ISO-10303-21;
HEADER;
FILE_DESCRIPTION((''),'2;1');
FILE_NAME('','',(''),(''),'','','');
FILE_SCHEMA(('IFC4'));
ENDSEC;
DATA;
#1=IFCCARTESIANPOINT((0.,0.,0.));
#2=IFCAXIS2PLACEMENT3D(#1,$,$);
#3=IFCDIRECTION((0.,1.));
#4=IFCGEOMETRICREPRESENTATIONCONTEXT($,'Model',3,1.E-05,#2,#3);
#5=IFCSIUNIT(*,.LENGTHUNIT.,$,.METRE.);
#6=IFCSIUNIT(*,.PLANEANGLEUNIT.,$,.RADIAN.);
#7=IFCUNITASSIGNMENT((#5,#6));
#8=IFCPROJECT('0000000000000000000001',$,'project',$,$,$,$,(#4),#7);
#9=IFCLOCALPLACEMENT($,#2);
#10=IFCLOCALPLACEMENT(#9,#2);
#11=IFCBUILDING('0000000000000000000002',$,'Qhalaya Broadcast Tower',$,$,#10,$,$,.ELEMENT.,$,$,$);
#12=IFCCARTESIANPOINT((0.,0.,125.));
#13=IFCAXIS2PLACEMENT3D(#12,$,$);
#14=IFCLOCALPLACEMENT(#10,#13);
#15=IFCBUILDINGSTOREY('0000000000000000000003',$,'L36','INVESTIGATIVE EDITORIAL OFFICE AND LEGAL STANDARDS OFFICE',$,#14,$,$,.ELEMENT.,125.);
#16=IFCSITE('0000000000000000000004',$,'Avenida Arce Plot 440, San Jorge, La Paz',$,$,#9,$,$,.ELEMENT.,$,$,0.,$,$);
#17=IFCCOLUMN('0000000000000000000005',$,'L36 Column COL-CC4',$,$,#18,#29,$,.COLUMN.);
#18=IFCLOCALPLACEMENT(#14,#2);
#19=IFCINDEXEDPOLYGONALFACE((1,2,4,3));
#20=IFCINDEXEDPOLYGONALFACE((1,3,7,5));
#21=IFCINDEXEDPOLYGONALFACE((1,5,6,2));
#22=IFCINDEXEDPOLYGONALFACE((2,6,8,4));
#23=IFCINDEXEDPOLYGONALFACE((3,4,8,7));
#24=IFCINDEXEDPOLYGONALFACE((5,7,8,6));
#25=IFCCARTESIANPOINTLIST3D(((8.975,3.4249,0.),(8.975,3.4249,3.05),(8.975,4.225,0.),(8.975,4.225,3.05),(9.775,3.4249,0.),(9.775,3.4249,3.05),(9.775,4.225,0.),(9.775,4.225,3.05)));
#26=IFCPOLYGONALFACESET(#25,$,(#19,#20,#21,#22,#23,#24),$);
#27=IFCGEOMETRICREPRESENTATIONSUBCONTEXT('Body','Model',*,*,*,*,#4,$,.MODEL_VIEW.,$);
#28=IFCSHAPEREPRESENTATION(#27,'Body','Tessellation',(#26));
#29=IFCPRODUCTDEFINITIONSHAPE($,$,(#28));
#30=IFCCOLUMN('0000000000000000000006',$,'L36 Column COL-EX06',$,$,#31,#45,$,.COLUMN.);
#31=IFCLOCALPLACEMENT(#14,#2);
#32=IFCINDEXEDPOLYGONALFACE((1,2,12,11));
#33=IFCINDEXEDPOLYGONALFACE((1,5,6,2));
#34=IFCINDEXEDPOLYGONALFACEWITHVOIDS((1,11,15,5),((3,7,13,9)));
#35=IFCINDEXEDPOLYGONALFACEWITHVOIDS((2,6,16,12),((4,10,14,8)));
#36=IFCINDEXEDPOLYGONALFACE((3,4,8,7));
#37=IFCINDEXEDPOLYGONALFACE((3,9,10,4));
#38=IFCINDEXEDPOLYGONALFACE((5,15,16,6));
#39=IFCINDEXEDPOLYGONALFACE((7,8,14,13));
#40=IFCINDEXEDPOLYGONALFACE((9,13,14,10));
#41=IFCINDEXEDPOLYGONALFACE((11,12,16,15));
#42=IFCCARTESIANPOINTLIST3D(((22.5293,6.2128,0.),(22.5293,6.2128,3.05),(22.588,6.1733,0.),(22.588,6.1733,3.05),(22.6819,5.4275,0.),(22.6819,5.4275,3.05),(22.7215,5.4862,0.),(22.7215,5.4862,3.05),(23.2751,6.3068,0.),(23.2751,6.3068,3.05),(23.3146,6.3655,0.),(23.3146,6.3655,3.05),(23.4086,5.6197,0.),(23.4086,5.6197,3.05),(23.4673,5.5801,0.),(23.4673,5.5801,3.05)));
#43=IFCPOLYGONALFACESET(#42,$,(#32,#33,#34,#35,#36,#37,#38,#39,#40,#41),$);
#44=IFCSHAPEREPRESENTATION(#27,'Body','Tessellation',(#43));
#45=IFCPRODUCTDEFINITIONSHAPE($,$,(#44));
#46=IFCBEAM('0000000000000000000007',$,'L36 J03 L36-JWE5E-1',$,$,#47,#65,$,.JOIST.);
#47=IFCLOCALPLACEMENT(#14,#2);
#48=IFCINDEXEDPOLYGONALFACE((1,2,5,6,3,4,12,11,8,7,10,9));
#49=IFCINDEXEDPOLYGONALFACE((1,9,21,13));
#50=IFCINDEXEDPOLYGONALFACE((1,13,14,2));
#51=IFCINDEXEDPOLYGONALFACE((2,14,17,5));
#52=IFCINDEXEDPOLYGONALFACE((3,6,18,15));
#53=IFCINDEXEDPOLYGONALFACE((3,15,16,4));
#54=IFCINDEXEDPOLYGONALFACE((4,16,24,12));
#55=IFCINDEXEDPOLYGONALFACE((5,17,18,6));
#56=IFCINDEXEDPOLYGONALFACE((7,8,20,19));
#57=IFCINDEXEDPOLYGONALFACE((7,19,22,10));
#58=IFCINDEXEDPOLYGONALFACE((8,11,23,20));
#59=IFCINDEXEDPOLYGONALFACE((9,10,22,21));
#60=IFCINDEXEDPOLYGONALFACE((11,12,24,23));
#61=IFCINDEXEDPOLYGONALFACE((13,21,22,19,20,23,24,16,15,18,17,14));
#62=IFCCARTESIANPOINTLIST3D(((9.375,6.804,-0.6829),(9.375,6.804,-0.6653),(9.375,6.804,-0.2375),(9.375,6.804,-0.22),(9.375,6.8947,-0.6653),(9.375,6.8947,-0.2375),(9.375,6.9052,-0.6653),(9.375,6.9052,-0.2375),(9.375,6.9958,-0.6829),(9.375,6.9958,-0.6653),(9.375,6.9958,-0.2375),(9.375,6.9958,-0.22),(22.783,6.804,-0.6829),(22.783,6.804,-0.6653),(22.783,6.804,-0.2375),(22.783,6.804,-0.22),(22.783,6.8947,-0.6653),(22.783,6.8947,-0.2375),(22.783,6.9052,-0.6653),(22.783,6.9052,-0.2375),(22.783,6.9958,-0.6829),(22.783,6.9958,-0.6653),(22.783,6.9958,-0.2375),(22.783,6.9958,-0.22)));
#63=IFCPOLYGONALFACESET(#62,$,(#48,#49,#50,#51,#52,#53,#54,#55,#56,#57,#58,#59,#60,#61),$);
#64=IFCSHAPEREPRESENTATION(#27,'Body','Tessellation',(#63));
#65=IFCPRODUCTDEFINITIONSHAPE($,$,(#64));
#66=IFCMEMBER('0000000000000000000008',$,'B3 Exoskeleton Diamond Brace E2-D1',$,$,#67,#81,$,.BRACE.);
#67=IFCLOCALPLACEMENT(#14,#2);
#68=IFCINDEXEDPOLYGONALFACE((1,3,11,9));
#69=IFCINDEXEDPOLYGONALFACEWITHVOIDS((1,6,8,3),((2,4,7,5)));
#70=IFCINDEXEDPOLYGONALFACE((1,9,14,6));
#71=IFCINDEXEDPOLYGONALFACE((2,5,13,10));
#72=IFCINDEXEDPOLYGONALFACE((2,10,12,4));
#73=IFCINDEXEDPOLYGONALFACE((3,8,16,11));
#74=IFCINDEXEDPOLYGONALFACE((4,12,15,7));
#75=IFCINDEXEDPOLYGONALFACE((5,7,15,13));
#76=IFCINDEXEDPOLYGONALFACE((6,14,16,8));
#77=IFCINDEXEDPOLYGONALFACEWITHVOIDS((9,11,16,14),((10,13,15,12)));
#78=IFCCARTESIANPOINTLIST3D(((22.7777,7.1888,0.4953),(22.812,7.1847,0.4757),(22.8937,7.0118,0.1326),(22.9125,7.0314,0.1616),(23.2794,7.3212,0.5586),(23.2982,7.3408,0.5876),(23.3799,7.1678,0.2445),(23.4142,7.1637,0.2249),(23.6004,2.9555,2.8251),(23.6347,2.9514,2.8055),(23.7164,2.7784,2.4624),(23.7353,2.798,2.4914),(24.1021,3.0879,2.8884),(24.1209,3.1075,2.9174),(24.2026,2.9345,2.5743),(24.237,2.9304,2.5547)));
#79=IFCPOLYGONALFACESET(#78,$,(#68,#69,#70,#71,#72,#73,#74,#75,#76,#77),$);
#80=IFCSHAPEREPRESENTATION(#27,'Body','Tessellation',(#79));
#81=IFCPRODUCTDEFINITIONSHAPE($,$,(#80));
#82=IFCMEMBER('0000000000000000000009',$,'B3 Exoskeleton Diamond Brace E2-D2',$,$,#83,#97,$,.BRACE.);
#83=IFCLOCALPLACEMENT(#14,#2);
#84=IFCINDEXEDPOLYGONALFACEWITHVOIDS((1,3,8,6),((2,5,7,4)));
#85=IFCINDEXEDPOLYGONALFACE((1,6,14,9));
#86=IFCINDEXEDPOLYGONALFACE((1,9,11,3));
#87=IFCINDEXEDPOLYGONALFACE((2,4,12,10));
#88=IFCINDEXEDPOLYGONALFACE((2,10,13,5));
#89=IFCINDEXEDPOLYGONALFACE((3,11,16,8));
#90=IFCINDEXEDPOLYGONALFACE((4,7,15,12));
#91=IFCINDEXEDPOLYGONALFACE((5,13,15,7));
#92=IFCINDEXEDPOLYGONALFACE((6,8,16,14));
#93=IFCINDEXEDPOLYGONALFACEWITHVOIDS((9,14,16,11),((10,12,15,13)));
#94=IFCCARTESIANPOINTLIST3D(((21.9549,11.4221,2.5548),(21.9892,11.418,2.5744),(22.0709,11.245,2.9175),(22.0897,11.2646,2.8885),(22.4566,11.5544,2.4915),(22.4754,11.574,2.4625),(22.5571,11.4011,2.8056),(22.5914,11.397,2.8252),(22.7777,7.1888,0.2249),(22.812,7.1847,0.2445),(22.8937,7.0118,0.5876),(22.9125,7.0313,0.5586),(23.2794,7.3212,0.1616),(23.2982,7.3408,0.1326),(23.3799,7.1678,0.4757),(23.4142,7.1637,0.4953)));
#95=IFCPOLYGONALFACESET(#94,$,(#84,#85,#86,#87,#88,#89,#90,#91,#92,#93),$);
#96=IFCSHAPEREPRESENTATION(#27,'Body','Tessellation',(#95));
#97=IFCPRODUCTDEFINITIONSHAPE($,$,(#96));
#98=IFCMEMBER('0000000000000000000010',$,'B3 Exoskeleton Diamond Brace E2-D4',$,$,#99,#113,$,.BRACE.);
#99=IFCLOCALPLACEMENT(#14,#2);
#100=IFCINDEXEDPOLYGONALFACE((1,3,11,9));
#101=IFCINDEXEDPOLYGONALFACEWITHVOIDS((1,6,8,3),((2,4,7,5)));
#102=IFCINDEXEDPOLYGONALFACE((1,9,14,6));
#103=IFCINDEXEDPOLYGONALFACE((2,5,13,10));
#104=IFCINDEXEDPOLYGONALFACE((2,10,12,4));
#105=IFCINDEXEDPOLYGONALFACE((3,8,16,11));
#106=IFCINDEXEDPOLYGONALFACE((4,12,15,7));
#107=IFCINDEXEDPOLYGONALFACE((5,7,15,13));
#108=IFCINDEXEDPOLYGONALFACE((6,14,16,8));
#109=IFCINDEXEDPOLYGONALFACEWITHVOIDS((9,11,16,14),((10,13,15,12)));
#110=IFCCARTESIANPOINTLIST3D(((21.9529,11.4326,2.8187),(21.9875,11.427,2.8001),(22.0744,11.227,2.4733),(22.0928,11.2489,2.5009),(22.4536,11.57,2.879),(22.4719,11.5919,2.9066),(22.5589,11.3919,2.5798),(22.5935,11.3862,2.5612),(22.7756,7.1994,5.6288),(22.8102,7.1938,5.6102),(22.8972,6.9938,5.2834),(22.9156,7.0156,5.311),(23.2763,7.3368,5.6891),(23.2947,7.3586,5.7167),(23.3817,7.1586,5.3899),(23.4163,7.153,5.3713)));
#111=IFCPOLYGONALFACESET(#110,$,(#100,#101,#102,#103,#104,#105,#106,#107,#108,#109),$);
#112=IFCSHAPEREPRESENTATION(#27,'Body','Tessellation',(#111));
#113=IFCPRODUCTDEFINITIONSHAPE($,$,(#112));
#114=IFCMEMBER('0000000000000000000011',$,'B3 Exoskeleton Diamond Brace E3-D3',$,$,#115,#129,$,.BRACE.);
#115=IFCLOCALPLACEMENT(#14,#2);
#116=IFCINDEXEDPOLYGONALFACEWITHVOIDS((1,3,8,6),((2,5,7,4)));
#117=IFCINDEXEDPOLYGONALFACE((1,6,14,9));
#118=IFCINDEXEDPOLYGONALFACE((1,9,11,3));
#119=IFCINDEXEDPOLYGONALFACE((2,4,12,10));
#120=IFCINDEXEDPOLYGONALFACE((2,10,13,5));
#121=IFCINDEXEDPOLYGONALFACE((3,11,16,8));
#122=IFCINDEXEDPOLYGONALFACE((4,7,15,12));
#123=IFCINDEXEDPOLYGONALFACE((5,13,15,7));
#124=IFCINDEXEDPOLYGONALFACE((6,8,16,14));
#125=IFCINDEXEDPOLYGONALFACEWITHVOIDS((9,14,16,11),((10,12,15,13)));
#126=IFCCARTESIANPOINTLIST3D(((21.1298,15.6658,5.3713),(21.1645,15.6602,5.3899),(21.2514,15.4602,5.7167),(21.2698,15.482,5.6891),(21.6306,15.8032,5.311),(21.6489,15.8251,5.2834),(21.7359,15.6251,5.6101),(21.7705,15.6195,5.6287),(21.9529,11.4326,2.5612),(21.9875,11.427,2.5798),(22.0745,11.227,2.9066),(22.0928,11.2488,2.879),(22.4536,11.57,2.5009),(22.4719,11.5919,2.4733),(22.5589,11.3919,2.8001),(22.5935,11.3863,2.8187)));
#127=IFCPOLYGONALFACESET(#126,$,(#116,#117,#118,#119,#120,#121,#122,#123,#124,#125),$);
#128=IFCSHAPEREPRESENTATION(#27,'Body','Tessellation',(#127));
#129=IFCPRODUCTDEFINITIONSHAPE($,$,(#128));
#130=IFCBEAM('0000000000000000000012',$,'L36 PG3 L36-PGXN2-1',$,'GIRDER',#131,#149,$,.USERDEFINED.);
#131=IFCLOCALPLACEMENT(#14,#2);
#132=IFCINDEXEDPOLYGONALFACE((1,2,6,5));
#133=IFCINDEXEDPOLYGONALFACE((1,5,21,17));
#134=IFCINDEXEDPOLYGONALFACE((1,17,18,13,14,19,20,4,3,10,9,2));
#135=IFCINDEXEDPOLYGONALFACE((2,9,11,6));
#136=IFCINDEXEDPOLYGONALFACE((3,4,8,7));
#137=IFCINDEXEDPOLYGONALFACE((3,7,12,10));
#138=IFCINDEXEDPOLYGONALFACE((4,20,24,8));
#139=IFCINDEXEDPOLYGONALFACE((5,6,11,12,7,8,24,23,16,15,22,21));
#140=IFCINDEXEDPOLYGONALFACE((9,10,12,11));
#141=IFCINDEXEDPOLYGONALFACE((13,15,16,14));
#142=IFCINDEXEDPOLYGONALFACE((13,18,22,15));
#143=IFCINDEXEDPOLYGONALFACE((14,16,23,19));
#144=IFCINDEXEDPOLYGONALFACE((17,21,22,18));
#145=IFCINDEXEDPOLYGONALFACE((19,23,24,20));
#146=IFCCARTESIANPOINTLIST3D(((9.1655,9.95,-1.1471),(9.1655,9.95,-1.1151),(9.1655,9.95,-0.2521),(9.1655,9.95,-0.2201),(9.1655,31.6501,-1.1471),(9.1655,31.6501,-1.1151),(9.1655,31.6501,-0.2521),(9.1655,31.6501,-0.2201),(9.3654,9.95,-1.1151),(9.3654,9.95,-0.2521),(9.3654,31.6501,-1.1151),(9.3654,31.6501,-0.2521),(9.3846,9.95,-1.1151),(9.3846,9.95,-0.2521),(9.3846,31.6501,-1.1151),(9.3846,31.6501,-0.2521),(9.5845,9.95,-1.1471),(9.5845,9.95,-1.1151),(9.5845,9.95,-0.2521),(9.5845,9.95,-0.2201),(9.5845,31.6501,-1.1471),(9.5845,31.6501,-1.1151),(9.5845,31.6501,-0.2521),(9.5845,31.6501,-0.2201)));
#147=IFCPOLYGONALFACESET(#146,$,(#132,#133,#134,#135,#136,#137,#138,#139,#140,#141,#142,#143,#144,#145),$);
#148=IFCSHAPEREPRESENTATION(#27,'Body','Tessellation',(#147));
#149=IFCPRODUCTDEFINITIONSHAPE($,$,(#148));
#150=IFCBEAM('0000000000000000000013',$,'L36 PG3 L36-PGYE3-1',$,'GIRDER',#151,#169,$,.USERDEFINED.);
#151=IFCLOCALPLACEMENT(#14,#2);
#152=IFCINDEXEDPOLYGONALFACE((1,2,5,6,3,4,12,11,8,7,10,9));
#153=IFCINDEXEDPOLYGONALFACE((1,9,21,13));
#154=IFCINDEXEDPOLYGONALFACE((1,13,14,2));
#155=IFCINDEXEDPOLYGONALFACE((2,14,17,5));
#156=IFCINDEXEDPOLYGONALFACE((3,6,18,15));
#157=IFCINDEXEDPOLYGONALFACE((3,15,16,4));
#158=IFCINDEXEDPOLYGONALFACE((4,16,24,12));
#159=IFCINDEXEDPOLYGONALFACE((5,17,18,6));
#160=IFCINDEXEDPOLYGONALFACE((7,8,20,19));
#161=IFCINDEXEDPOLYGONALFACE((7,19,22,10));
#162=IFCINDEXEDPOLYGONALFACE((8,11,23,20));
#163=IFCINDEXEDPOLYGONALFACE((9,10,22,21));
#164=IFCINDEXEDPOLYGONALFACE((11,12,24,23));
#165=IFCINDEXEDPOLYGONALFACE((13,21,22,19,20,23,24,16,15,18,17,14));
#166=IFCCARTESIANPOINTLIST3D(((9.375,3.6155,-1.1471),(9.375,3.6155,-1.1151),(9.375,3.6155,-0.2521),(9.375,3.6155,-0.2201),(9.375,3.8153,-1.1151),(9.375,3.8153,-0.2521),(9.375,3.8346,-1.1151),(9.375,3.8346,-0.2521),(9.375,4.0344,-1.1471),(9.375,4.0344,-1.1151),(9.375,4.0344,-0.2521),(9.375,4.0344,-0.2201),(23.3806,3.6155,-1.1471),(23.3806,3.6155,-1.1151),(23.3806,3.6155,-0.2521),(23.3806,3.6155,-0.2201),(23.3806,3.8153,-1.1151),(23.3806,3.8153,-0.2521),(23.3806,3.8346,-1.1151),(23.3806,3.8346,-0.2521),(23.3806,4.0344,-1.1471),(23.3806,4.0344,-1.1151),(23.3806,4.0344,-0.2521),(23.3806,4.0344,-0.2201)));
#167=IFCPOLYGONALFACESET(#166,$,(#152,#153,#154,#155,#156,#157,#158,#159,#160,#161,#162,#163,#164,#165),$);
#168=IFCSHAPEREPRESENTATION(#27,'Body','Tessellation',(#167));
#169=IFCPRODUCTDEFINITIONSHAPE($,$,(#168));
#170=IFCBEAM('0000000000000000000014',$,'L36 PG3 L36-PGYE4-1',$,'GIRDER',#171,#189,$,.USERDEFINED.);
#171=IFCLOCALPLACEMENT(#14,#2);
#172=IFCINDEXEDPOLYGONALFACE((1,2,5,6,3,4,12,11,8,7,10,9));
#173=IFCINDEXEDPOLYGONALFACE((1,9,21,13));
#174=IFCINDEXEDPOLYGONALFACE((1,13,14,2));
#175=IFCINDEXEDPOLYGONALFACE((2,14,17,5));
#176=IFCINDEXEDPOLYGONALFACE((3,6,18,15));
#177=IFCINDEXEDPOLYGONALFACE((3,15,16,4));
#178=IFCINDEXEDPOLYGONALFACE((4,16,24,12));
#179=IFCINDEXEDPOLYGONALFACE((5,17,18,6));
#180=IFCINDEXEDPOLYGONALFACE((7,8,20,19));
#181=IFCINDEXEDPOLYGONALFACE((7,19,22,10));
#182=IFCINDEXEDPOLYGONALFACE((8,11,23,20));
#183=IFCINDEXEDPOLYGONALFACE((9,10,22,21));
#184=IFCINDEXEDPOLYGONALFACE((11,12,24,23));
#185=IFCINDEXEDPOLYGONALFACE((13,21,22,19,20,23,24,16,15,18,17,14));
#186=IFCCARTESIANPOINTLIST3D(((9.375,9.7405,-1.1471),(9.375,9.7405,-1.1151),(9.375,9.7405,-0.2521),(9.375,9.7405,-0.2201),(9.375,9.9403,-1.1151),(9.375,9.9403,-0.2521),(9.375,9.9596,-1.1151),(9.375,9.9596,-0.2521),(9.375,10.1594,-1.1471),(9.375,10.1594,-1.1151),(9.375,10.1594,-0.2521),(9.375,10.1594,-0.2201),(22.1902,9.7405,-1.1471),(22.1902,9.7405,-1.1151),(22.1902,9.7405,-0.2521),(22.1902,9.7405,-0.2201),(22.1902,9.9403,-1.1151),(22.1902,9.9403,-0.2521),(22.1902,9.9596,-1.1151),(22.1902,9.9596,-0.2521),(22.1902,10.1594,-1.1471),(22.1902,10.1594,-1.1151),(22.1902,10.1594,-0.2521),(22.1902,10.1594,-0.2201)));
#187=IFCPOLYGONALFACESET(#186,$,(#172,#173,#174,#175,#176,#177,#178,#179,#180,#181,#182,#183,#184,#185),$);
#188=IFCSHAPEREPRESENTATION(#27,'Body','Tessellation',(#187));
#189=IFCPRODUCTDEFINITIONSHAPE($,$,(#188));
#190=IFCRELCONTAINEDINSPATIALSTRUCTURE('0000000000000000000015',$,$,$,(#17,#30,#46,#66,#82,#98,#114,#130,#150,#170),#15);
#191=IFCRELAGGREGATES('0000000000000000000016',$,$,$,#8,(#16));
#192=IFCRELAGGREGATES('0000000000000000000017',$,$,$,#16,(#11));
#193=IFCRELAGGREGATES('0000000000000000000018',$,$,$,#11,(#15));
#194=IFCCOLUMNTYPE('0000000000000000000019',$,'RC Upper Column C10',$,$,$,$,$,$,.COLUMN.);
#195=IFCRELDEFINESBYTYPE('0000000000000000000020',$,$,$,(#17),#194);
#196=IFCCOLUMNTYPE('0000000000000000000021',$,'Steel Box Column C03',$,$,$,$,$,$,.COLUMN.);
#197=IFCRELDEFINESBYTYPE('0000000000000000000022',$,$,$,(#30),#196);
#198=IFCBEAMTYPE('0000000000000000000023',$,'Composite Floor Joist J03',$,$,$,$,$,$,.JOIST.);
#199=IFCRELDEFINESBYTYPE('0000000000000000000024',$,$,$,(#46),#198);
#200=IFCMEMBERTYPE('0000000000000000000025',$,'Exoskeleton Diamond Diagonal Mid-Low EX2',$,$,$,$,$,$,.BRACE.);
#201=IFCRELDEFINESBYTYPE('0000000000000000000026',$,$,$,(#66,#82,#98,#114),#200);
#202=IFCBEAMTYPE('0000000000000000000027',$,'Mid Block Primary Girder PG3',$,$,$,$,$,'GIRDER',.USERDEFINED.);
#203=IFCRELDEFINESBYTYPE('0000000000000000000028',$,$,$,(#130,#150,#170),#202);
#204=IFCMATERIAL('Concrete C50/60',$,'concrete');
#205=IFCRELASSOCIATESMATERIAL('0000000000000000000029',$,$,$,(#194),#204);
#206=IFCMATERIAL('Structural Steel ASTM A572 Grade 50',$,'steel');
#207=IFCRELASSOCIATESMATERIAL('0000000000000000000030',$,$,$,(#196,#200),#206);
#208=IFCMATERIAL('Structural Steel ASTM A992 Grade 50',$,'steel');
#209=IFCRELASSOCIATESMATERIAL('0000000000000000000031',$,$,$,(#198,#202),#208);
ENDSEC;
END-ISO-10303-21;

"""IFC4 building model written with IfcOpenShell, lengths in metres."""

from ifc_helpers import new_model, si_unit, direction, frame, origin, origin_2d, place, context, subcontext, project, spatial, rectangle, hollow_rectangle, i_section, extrude, material, material_profile, profile_set, type_object, element, save


model = new_model("IFC4")

# Units and contexts
model_context = context("Model", 3, precision=1e-05, world=origin(), true_north=direction((0.0, 1.0)))
body_context = subcontext(model_context, "Body", "Model", "MODEL_VIEW")
ifc_project = project(units=[si_unit("LENGTHUNIT", "METRE"), si_unit("PLANEANGLEUNIT", "RADIAN")], contexts=[model_context])

# Site, building, storey
site_placement = place(None, origin())
site = spatial("IfcSite", under=ifc_project, at=site_placement, Name="Avenida Arce Plot 440, San Jorge, La Paz", CompositionType="ELEMENT", RefElevation=0.0)
building_placement = place(site_placement, origin())
building = spatial("IfcBuilding", under=site, at=building_placement, Name="Qhalaya Broadcast Tower", CompositionType="ELEMENT")
storey_placement = place(building_placement, frame((0.0, 0.0, 125.0)))
storey = spatial("IfcBuildingStorey", under=building, at=storey_placement, Name="L36", Description="INVESTIGATIVE EDITORIAL OFFICE AND LEGAL STANDARDS OFFICE", CompositionType="ELEMENT", Elevation=125.0)

# Columns
ifc_material_1 = material(Name="Concrete C50/60", Category="concrete")
ifc_material_profile_1 = material_profile(ifc_material_1, rectangle(XDim=0.8, YDim=0.8, at=origin_2d()), Name="RC-COL 800x800")
ifc_profile_set_1 = profile_set([ifc_material_profile_1], Name="Concrete C50/60")
column_type_1 = type_object("IfcColumnType", Name="RC Upper Column C10", PredefinedType="COLUMN", material=ifc_profile_set_1)
column_1_placement = place(storey_placement, frame((9.375, 3.825, 0.0), z_axis=(0.0, 0.0, 1.0), x_axis=(1.0, 0.0, 0.0)))
element("IfcColumn", 1, at=column_1_placement, inside=storey, type_object=column_type_1, Name="L36 Column COL-CC4", PredefinedType="COLUMN", context=body_context, shape_type="SweptSolid", body=[
    extrude(rectangle(XDim=0.8, YDim=0.8, at=origin_2d()), origin(), (0.0, 0.0, 1.0), 3.05),
])
ifc_material_2 = material(Name="Structural Steel ASTM A572 Grade 50", Category="steel")
ifc_material_profile_2 = material_profile(ifc_material_2, hollow_rectangle(XDim=0.8, YDim=0.8, WallThickness=0.05, at=origin_2d()), Name="BOX 800x800x50")
ifc_profile_set_2 = profile_set([ifc_material_profile_2], Name="Structural Steel ASTM A572 Grade 50")
column_type_2 = type_object("IfcColumnType", Name="Steel Box Column C03", PredefinedType="COLUMN", material=ifc_profile_set_2)
column_2_placement = place(storey_placement, frame((22.9983, 5.8965, 0.0), z_axis=(0.0, 0.0, 1.0), x_axis=(-0.190809, 0.981627, 0.0)))
element("IfcColumn", 2, at=column_2_placement, inside=storey, type_object=column_type_2, Name="L36 Column COL-EX06", PredefinedType="COLUMN", context=body_context, shape_type="SweptSolid", body=[
    extrude(hollow_rectangle(XDim=0.8, YDim=0.8, WallThickness=0.05, at=origin_2d()), origin(), (0.0, 0.0, 1.0), 3.05),
])

# Beam
ifc_material_3 = material(Name="Structural Steel ASTM A992 Grade 50", Category="steel")
ifc_material_profile_3 = material_profile(ifc_material_3, i_section(OverallWidth=0.1919, OverallDepth=0.4629, WebThickness=0.0105, FlangeThickness=0.0176, at=origin_2d()), Name="W18X60")
ifc_profile_set_3 = profile_set([ifc_material_profile_3], Name="Structural Steel ASTM A992 Grade 50")
beam_type_1 = type_object("IfcBeamType", Name="Composite Floor Joist J03", PredefinedType="JOIST", material=ifc_profile_set_3)
beam_1_placement = place(storey_placement, frame((9.375, 6.8999, -0.4514), z_axis=(1.0, 0.0, 0.0), x_axis=(0.0, 1.0, 0.0)))
element("IfcBeam", 3, at=beam_1_placement, inside=storey, type_object=beam_type_1, Name="L36 J03 L36-JWE5E-1", PredefinedType="JOIST", context=body_context, shape_type="SweptSolid", body=[
    extrude(i_section(OverallWidth=0.1919, OverallDepth=0.4629, WebThickness=0.0105, FlangeThickness=0.0176, at=origin_2d()), origin(), (0.0, 0.0, 1.0), 13.408),
])

# Members
ifc_material_profile_4 = material_profile(ifc_material_2, hollow_rectangle(XDim=0.4199, YDim=0.55, WallThickness=0.0281, at=origin_2d()), Name="BOX 420x550x28")
ifc_profile_set_4 = profile_set([ifc_material_profile_4], Name="Structural Steel ASTM A572 Grade 50")
member_type = type_object("IfcMemberType", Name="Exoskeleton Diamond Diagonal Mid-Low EX2", PredefinedType="BRACE", material=ifc_profile_set_4)
for number, where, z_axis, x_axis, name in (
    (4, (23.0959, 7.1763, 0.3601), (0.167851, -0.863658, 0.475311), (-0.276318, 0.421606, 0.863653), "B3 Exoskeleton Diamond Brace E2-D1"),
    (5, (23.0959, 7.1763, 0.3601), (-0.167858, 0.863646, 0.475331), (0.276326, -0.421623, 0.863642), "B3 Exoskeleton Diamond Brace E2-D2"),
):
    element("IfcMember", number, at=place(storey_placement, frame(where, z_axis=z_axis, x_axis=x_axis)), inside=storey, type_object=member_type, Name=name, PredefinedType="BRACE", context=body_context, shape_type="SweptSolid", body=[
        extrude(hollow_rectangle(XDim=0.4199, YDim=0.55, WallThickness=0.0281, at=origin_2d()), origin(), (0.0, 0.0, 1.0), 4.9016),
    ])
for number, where, z_axis, x_axis, name in (
    (6, (22.2732, 11.4094, 2.6899), (0.159847, -0.82243, 0.545947), (-0.289551, 0.489668, 0.822427), "B3 Exoskeleton Diamond Brace E2-D4"),
    (7, (22.2732, 11.4094, 2.6899), (-0.159893, 0.822424, 0.545943), (0.289578, -0.489647, 0.822429), "B3 Exoskeleton Diamond Brace E3-D3"),
):
    element("IfcMember", number, at=place(storey_placement, frame(where, z_axis=z_axis, x_axis=x_axis)), inside=storey, type_object=member_type, Name=name, PredefinedType="BRACE", context=body_context, shape_type="SweptSolid", body=[
        extrude(hollow_rectangle(XDim=0.4199, YDim=0.55, WallThickness=0.0281, at=origin_2d()), origin(), (0.0, 0.0, 1.0), 5.1472),
    ])

# Beams
ifc_material_profile_5 = material_profile(ifc_material_3, i_section(OverallWidth=0.4189, OverallDepth=0.927, WebThickness=0.0193, FlangeThickness=0.032, at=origin_2d()), Name="W36X231")
ifc_profile_set_5 = profile_set([ifc_material_profile_5], Name="Structural Steel ASTM A992 Grade 50")
beam_type_2 = type_object("IfcBeamType", Name="Mid Block Primary Girder PG3", ElementType="GIRDER", PredefinedType="USERDEFINED", material=ifc_profile_set_5)
beam_2_placement = place(storey_placement, frame((9.375, 9.95, -0.6836), z_axis=(0.0, 1.0, 0.0), x_axis=(-1.0, 0.0, 0.0)))
element("IfcBeam", 8, at=beam_2_placement, inside=storey, type_object=beam_type_2, Name="L36 PG3 L36-PGXN2-1", ObjectType="GIRDER", PredefinedType="USERDEFINED", context=body_context, shape_type="SweptSolid", body=[
    extrude(i_section(OverallWidth=0.4189, OverallDepth=0.927, WebThickness=0.0193, FlangeThickness=0.032, at=origin_2d()), origin(), (0.0, 0.0, 1.0), 21.7002),
])
beam_3_placement = place(storey_placement, frame((9.375, 3.825, -0.6836), z_axis=(1.0, 0.0, 0.0), x_axis=(0.0, 1.0, 0.0)))
element("IfcBeam", 9, at=beam_3_placement, inside=storey, type_object=beam_type_2, Name="L36 PG3 L36-PGYE3-1", ObjectType="GIRDER", PredefinedType="USERDEFINED", context=body_context, shape_type="SweptSolid", body=[
    extrude(i_section(OverallWidth=0.4189, OverallDepth=0.927, WebThickness=0.0193, FlangeThickness=0.032, at=origin_2d()), origin(), (0.0, 0.0, 1.0), 14.0056),
])
beam_4_placement = place(storey_placement, frame((9.375, 9.95, -0.6836), z_axis=(1.0, 0.0, 0.0), x_axis=(0.0, 1.0, 0.0)))
element("IfcBeam", 10, at=beam_4_placement, inside=storey, type_object=beam_type_2, Name="L36 PG3 L36-PGYE4-1", ObjectType="GIRDER", PredefinedType="USERDEFINED", context=body_context, shape_type="SweptSolid", body=[
    extrude(i_section(OverallWidth=0.4189, OverallDepth=0.927, WebThickness=0.0193, FlangeThickness=0.032, at=origin_2d()), origin(), (0.0, 0.0, 1.0), 12.8152),
])

save(model, "model.ifc")
